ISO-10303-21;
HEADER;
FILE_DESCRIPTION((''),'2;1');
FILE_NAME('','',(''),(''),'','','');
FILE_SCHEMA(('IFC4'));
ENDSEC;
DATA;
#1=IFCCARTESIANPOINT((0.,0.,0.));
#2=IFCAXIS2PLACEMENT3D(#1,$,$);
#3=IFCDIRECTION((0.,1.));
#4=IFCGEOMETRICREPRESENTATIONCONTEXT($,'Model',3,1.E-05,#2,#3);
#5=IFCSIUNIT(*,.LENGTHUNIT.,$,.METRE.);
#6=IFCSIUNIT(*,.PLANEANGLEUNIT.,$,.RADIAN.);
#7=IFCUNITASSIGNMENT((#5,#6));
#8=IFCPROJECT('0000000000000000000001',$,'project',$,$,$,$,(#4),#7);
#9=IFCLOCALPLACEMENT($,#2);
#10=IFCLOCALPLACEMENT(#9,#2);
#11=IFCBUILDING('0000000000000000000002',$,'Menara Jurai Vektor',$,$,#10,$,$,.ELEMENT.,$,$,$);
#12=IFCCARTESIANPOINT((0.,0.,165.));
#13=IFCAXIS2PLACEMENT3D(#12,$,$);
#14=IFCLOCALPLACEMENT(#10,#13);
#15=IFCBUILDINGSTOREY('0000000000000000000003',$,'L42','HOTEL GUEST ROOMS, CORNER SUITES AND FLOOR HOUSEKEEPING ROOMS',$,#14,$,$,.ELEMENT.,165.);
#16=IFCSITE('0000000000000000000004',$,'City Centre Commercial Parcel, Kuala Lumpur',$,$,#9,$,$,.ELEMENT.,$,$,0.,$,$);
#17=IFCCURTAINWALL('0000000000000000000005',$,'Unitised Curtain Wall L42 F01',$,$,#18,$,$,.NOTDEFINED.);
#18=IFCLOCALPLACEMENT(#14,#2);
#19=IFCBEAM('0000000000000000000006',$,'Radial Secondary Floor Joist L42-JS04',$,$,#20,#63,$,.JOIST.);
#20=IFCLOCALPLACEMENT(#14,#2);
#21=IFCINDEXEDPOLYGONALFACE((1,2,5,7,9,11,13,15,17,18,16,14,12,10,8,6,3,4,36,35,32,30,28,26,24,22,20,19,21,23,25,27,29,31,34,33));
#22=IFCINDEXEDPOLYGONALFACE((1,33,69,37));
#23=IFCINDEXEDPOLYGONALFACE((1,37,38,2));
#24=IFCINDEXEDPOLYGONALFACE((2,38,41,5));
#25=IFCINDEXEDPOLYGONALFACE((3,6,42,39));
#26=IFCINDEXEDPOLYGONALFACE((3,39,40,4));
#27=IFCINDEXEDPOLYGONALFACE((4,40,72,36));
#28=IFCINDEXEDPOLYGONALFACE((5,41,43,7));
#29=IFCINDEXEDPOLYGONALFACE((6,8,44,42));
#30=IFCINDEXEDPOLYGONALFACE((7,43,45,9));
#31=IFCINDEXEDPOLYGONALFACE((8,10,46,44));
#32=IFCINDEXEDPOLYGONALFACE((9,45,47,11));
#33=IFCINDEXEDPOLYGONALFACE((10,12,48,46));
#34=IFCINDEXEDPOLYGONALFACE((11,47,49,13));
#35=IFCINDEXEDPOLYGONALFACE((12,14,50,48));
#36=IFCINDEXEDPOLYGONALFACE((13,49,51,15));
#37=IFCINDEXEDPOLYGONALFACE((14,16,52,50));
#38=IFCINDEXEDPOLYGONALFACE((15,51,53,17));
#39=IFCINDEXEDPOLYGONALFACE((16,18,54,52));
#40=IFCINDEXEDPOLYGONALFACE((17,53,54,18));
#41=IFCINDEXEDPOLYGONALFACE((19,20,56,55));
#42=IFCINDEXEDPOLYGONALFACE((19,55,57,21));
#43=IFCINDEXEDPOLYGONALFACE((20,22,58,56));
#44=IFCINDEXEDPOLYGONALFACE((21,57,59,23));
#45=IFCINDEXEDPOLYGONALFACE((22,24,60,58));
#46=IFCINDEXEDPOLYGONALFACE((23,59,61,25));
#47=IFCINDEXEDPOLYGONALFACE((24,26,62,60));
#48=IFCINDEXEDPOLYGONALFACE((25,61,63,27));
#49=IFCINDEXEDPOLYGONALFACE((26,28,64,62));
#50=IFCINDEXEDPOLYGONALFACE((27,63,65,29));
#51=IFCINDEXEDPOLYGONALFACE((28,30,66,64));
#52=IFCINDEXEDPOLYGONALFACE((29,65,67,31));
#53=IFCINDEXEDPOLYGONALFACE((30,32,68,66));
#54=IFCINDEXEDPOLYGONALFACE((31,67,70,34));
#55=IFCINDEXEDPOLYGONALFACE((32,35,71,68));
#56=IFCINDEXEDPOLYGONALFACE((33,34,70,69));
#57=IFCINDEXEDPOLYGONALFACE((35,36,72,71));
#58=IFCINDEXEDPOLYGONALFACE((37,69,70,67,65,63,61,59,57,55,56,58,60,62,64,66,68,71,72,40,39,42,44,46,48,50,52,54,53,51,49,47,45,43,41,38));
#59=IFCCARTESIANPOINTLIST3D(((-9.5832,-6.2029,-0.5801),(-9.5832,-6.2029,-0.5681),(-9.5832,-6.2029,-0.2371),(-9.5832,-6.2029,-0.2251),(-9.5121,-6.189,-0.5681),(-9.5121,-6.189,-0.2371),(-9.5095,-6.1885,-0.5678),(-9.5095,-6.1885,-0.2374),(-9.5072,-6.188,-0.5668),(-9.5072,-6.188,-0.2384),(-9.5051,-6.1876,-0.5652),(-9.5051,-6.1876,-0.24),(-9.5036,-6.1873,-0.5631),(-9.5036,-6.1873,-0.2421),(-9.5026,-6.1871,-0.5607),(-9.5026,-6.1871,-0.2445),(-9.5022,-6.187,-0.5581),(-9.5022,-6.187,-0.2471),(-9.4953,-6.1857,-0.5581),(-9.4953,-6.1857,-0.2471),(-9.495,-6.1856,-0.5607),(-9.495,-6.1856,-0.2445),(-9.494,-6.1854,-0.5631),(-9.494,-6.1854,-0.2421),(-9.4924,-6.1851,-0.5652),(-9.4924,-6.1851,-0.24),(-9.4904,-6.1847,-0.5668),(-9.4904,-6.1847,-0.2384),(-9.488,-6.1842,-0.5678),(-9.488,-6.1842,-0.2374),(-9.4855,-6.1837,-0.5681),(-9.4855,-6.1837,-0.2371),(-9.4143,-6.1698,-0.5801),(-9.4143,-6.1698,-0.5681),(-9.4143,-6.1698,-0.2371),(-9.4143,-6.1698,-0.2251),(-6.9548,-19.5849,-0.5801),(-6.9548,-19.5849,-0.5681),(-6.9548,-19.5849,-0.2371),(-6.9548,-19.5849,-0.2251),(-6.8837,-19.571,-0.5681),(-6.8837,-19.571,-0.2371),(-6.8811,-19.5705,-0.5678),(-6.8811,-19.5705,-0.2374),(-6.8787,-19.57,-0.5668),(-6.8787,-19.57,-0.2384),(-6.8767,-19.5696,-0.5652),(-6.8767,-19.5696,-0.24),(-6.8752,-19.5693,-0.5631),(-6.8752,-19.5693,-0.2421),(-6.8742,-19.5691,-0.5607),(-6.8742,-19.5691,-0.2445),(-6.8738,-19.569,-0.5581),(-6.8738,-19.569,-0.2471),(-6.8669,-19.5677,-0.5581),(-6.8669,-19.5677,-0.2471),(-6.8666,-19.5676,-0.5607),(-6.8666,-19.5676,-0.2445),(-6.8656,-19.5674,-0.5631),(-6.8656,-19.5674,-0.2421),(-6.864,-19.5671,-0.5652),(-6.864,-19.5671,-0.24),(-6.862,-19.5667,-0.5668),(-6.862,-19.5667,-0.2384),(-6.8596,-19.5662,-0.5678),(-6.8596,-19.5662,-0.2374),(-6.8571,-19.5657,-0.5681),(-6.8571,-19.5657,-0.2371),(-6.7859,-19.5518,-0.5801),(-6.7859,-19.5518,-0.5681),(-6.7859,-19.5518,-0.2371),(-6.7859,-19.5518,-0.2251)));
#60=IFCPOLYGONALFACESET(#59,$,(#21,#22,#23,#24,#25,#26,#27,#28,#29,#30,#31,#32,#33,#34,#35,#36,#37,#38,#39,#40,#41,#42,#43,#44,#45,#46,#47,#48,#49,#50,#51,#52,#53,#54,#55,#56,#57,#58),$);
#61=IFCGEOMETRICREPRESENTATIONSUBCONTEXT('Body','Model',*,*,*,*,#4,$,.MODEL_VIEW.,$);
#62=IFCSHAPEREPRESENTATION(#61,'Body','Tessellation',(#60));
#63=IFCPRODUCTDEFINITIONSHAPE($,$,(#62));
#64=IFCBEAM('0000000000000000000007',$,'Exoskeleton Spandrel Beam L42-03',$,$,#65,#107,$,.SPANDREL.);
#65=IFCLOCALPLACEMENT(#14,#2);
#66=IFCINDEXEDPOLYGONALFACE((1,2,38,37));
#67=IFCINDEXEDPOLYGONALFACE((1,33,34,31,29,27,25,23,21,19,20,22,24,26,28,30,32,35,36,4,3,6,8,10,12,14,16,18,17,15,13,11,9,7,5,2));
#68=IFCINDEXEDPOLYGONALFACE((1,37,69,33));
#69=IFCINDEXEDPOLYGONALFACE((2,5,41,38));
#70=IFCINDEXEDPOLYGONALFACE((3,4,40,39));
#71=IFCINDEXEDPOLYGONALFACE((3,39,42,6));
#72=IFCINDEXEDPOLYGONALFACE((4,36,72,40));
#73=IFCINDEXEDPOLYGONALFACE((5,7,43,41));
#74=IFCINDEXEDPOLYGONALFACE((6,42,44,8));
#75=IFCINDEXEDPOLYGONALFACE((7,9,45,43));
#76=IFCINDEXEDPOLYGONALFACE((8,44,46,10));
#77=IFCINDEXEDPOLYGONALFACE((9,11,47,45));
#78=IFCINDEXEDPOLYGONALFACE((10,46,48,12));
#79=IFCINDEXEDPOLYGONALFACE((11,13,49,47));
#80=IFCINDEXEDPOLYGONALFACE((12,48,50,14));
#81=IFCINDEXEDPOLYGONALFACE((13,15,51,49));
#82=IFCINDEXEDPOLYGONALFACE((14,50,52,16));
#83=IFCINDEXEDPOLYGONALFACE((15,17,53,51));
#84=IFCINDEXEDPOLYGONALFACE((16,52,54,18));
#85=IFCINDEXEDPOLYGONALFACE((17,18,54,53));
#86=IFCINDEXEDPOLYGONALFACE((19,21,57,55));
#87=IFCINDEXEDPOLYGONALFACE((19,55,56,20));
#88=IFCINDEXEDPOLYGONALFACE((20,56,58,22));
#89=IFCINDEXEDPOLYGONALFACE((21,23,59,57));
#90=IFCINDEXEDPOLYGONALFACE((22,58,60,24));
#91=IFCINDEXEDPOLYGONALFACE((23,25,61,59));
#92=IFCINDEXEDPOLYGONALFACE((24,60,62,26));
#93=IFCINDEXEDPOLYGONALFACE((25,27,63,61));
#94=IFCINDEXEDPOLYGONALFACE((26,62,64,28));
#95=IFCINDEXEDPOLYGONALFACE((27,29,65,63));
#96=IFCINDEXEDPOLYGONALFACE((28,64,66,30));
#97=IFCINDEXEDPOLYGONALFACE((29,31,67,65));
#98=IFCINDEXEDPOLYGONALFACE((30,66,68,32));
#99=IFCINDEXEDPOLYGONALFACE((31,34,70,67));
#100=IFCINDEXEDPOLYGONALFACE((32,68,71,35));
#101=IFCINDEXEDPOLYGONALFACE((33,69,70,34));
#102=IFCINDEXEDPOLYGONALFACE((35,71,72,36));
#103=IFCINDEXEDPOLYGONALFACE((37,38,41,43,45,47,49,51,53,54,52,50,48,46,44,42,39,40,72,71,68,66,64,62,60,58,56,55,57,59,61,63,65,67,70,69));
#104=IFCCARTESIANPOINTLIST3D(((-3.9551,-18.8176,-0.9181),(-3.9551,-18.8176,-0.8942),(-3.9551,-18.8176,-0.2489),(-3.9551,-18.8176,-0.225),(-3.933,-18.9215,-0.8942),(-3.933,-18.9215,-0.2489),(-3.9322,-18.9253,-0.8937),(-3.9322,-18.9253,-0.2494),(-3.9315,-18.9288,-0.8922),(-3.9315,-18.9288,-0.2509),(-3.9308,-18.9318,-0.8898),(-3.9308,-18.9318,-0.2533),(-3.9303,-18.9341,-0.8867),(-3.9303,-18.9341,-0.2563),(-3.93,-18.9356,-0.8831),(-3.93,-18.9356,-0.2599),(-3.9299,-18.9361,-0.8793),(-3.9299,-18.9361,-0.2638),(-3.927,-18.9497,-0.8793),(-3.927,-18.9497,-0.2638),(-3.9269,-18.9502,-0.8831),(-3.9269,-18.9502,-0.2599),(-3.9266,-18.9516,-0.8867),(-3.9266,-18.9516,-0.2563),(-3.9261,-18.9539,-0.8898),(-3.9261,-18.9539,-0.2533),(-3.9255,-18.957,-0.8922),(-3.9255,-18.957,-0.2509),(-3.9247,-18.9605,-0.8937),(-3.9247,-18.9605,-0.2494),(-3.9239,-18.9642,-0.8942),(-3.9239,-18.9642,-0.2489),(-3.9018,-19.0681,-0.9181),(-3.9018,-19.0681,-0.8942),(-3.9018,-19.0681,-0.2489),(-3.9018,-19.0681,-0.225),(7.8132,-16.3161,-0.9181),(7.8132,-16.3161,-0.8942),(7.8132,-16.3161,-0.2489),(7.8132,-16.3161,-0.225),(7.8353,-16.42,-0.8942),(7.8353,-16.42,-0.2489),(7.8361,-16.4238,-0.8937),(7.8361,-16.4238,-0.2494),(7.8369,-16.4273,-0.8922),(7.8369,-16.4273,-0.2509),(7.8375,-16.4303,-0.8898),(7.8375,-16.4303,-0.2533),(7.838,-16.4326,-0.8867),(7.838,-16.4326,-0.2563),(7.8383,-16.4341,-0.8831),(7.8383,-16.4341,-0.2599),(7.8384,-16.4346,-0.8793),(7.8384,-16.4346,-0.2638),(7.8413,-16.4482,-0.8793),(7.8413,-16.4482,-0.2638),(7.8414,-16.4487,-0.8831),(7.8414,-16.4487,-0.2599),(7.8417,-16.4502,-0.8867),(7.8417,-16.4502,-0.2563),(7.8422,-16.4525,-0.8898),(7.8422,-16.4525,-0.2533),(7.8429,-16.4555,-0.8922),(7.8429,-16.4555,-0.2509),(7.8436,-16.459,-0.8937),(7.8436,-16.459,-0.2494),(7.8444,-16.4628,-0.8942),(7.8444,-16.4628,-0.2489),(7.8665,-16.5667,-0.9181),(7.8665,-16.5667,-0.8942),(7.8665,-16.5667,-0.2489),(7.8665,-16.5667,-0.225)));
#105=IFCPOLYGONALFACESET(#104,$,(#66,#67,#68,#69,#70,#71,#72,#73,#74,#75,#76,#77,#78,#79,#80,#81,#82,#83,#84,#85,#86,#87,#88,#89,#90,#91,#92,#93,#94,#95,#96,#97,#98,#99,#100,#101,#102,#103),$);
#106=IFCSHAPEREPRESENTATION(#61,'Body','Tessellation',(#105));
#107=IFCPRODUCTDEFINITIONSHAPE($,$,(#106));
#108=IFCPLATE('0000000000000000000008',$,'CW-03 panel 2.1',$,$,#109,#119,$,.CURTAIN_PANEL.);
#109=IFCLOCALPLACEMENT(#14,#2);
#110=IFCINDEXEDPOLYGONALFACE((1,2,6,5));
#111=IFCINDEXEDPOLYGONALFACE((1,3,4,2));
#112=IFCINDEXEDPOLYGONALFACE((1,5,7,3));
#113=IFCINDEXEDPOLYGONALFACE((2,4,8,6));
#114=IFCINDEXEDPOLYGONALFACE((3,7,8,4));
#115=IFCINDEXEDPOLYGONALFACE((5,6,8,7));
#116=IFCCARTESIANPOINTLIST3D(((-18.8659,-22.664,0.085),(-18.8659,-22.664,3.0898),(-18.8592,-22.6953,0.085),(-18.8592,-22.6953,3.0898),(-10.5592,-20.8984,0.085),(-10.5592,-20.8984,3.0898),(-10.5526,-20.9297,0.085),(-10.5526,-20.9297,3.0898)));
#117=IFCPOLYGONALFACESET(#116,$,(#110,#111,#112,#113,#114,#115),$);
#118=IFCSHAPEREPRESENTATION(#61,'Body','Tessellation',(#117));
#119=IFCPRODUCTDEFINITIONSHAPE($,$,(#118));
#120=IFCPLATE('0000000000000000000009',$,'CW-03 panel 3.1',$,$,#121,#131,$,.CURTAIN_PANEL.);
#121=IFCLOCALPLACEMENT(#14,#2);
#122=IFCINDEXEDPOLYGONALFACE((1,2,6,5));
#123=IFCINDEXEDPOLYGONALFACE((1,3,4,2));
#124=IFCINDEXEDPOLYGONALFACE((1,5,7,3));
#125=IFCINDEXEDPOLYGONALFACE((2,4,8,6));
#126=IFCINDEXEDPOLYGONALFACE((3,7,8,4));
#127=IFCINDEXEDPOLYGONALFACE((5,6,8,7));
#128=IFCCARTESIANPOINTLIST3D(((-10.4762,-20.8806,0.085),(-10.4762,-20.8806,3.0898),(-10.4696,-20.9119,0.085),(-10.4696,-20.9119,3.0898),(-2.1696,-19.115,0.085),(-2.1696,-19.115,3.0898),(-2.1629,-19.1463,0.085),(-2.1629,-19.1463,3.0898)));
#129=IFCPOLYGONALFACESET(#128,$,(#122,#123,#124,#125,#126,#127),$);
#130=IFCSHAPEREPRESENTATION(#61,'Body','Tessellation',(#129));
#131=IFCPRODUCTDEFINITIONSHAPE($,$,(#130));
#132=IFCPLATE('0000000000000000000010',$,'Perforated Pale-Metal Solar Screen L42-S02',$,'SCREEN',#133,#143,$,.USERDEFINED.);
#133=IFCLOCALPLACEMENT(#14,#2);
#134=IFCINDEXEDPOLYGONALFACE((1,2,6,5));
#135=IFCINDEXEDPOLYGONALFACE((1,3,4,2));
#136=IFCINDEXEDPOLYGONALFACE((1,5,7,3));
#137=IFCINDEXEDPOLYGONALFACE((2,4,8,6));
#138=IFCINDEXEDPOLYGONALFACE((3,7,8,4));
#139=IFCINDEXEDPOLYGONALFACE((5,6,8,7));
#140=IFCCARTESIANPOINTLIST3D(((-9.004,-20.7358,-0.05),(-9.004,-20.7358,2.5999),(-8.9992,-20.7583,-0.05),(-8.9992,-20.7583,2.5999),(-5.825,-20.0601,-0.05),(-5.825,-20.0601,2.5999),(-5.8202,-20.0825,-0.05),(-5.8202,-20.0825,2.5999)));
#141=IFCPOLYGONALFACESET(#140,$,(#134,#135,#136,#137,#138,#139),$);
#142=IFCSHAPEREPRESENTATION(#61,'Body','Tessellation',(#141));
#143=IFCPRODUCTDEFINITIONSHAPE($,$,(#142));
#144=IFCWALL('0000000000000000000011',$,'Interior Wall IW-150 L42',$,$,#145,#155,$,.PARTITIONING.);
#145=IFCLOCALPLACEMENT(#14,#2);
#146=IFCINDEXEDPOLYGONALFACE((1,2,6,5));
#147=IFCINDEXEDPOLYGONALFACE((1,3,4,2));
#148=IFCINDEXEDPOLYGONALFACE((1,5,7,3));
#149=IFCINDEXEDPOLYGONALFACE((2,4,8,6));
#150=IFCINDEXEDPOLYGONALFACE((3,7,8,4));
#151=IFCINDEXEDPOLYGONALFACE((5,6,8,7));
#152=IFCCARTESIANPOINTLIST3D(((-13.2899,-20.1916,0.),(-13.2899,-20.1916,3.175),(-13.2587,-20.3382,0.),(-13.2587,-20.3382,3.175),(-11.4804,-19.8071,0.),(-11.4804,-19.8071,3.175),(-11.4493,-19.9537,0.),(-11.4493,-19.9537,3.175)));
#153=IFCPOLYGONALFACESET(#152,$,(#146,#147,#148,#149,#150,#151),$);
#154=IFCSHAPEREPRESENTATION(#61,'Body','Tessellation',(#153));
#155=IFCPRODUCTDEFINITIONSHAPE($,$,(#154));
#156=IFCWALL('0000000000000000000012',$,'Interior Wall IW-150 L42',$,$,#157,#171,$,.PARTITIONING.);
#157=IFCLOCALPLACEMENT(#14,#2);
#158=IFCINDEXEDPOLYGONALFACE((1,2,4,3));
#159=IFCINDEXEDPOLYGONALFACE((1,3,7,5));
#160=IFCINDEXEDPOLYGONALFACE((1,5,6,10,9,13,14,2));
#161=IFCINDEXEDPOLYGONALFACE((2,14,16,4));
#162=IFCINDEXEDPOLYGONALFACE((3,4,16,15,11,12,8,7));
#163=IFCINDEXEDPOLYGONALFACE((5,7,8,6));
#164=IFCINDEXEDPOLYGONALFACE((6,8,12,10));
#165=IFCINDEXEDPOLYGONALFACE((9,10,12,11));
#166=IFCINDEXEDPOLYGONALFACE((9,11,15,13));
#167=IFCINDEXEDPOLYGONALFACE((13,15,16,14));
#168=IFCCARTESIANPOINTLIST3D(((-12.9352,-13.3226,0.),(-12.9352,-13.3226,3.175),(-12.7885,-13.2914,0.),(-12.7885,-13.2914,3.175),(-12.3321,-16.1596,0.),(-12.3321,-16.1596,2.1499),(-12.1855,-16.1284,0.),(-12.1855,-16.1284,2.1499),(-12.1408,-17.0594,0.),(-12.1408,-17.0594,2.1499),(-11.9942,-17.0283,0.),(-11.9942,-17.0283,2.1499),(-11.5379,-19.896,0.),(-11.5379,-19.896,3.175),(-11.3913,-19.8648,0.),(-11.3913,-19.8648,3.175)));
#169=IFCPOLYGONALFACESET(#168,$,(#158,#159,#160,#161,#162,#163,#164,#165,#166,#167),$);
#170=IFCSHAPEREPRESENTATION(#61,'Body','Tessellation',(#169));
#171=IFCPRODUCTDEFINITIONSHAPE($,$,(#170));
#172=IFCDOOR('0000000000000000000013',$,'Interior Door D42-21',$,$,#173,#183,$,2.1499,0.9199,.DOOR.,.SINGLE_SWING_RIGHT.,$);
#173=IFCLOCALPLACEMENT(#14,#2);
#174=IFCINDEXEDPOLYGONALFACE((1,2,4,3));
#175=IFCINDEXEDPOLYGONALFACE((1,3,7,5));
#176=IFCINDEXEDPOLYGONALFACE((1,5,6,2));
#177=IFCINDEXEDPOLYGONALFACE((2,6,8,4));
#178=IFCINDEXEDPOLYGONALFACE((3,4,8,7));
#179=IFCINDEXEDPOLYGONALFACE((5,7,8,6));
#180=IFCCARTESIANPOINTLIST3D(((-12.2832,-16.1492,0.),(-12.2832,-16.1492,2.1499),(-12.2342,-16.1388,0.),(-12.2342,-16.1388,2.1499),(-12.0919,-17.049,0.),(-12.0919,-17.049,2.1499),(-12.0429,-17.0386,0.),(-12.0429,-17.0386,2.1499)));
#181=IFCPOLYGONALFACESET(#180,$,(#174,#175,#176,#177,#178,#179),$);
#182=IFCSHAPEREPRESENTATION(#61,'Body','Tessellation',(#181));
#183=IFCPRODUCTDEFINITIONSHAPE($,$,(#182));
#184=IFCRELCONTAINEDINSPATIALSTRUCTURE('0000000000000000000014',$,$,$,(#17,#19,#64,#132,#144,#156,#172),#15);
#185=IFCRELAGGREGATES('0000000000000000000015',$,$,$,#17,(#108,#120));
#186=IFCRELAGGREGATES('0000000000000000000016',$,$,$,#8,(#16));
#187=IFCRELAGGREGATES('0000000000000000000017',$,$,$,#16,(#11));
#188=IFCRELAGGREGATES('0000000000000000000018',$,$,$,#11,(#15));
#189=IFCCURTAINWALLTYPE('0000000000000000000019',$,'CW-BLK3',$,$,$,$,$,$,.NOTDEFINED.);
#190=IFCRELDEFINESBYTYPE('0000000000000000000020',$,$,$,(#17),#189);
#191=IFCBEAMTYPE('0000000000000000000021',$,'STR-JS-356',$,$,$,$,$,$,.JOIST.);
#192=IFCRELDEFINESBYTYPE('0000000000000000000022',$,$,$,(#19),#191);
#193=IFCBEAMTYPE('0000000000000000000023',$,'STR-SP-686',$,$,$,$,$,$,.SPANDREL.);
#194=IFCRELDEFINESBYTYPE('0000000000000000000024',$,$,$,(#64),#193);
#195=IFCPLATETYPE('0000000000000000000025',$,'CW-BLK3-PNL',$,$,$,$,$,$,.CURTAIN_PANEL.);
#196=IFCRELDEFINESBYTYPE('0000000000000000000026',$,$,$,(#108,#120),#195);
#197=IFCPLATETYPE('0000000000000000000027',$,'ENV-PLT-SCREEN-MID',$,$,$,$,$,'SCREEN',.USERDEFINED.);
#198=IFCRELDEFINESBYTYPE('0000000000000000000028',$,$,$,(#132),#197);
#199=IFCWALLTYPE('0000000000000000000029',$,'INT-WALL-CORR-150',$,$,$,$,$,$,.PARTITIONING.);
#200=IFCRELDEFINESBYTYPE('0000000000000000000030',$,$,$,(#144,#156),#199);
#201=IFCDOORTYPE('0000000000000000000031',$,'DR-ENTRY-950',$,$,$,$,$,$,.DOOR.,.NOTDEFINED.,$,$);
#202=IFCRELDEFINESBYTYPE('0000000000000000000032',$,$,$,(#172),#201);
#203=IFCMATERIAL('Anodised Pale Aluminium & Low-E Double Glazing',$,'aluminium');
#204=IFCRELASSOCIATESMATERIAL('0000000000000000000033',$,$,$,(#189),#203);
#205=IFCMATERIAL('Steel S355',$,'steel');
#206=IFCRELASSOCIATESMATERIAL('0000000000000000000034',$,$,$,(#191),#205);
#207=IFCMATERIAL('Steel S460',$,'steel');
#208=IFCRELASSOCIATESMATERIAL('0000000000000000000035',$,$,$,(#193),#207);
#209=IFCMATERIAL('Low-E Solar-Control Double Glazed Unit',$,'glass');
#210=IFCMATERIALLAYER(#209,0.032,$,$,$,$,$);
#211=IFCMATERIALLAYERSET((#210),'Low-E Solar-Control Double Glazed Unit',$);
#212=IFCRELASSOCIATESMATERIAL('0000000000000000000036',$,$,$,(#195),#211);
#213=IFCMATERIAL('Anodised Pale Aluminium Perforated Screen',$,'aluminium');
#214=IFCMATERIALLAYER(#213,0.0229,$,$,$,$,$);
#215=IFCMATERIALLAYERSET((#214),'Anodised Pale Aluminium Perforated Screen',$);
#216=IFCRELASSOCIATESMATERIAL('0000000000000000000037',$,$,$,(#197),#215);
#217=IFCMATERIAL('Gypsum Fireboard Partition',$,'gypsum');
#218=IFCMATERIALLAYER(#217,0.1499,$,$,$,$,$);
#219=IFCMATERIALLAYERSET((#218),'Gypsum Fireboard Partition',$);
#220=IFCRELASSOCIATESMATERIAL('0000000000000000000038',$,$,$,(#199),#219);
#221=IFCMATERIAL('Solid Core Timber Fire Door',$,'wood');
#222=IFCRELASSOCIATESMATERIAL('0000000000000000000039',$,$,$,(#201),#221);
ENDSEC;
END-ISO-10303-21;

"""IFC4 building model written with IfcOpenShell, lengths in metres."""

from ifc_helpers import new_model, si_unit, direction, frame, frame_2d, origin, origin_2d, place, context, subcontext, project, spatial, rectangle, i_section, extrude, material, layer, layer_set, material_profile, profile_set, type_object, element, fill, aggregate, save


model = new_model("IFC4")

# Units and contexts
model_context = context("Model", 3, precision=1e-05, world=origin(), true_north=direction((0.0, 1.0)))
body_context = subcontext(model_context, "Body", "Model", "MODEL_VIEW")
ifc_project = project(units=[si_unit("LENGTHUNIT", "METRE"), si_unit("PLANEANGLEUNIT", "RADIAN")], contexts=[model_context])

# Site, building, storey
site_placement = place(None, origin())
site = spatial("IfcSite", under=ifc_project, at=site_placement, Name="City Centre Commercial Parcel, Kuala Lumpur", CompositionType="ELEMENT", RefElevation=0.0)
building_placement = place(site_placement, origin())
building = spatial("IfcBuilding", under=site, at=building_placement, Name="Menara Jurai Vektor", CompositionType="ELEMENT")
storey_placement = place(building_placement, frame((0.0, 0.0, 165.0)))
storey = spatial("IfcBuildingStorey", under=building, at=storey_placement, Name="L42", Description="HOTEL GUEST ROOMS, CORNER SUITES AND FLOOR HOUSEKEEPING ROOMS", CompositionType="ELEMENT", Elevation=165.0)

# Shared definitions
ifc_material_1 = material(Name="Steel S460", Category="steel")

# Curtain wall
ifc_material_2 = material(Name="Anodised Pale Aluminium & Low-E Double Glazing", Category="aluminium")
curtain_wall_type = type_object("IfcCurtainWallType", Name="CW-BLK3", PredefinedType="NOTDEFINED", material=ifc_material_2)
curtain_wall_placement = place(storey_placement, origin())
curtain_wall = element("IfcCurtainWall", 1, at=curtain_wall_placement, inside=storey, type_object=curtain_wall_type, Name="Unitised Curtain Wall L42 F01", PredefinedType="NOTDEFINED")

# Beams
ifc_material_3 = material(Name="Steel S355", Category="steel")
ifc_material_profile_1 = material_profile(ifc_material_3, i_section(OverallWidth=0.1721, OverallDepth=0.355, WebThickness=0.0071, FlangeThickness=0.012, FilletRadius=0.01, at=origin_2d()), Name="UKB 356x171x51")
ifc_profile_set_1 = profile_set([ifc_material_profile_1], Name="Steel S355")
beam_type_1 = type_object("IfcBeamType", Name="STR-JS-356", PredefinedType="JOIST", material=ifc_profile_set_1)
beam_1_placement = place(storey_placement, frame((-6.8704, -19.5684, -0.4026), z_axis=(-0.192731, 0.981252, 0.0), x_axis=(-0.981252, -0.192731, 0.0)))
element("IfcBeam", 2, at=beam_1_placement, inside=storey, type_object=beam_type_1, Name="Radial Secondary Floor Joist L42-JS04", PredefinedType="JOIST", context=body_context, shape_type="SweptSolid", body=[
    extrude(i_section(OverallWidth=0.1721, OverallDepth=0.355, WebThickness=0.0071, FlangeThickness=0.012, FilletRadius=0.01, at=origin_2d()), origin(), (0.0, 0.0, 1.0), 13.6377),
])
ifc_material_profile_2 = material_profile(ifc_material_1, i_section(OverallWidth=0.2561, OverallDepth=0.6931, WebThickness=0.0139, FlangeThickness=0.0239, FilletRadius=0.0149, at=origin_2d()), Name="UKB 686x254x170")
ifc_profile_set_2 = profile_set([ifc_material_profile_2], Name="Steel S460")
beam_type_2 = type_object("IfcBeamType", Name="STR-SP-686", PredefinedType="SPANDREL", material=ifc_profile_set_2)
beam_2_placement = place(storey_placement, frame((-3.9285, -18.9429, -0.5715), z_axis=(0.978147, 0.207914, 0.0), x_axis=(-0.207914, 0.978147, 0.0)))
element("IfcBeam", 3, at=beam_2_placement, inside=storey, type_object=beam_type_2, Name="Exoskeleton Spandrel Beam L42-03", PredefinedType="SPANDREL", context=body_context, shape_type="SweptSolid", body=[
    extrude(i_section(OverallWidth=0.2561, OverallDepth=0.6931, WebThickness=0.0139, FlangeThickness=0.0239, FilletRadius=0.0149, at=origin_2d()), origin(), (0.0, 0.0, 1.0), 12.0312),
])

# Plates
ifc_material_4 = material(Name="Low-E Solar-Control Double Glazed Unit", Category="glass")
ifc_layer_1 = layer(ifc_material_4, 0.032)
ifc_layer_set_1 = layer_set([ifc_layer_1], Name="Low-E Solar-Control Double Glazed Unit")
plate_type_1 = type_object("IfcPlateType", Name="CW-BLK3-PNL", PredefinedType="CURTAIN_PANEL", material=ifc_layer_set_1)
plate_1_placement = place(storey_placement, frame((-14.7092, -21.7969, 0.085), z_axis=(0.0, 0.0, 1.0), x_axis=(0.978148, 0.207911, 0.0)))
plate_1 = element("IfcPlate", 4, at=plate_1_placement, type_object=plate_type_1, Name="CW-03 panel 2.1", PredefinedType="CURTAIN_PANEL", context=body_context, shape_type="SweptSolid", body=[
    extrude(rectangle(XDim=8.4922, YDim=0.032, at=origin_2d()), origin(), (0.0, 0.0, 1.0), 3.0049),
])
plate_2_placement = place(storey_placement, frame((-6.3196, -20.0134, 0.085), z_axis=(0.0, 0.0, 1.0), x_axis=(0.978148, 0.207911, 0.0)))
plate_2 = element("IfcPlate", 5, at=plate_2_placement, type_object=plate_type_1, Name="CW-03 panel 3.1", PredefinedType="CURTAIN_PANEL", context=body_context, shape_type="SweptSolid", body=[
    extrude(rectangle(XDim=8.4922, YDim=0.032, at=origin_2d()), origin(), (0.0, 0.0, 1.0), 3.0049),
])
aggregate(curtain_wall, [plate_1, plate_2])
ifc_material_5 = material(Name="Anodised Pale Aluminium Perforated Screen", Category="aluminium")
ifc_layer_2 = layer(ifc_material_5, 0.0229)
ifc_layer_set_2 = layer_set([ifc_layer_2], Name="Anodised Pale Aluminium Perforated Screen")
plate_type_2 = type_object("IfcPlateType", Name="ENV-PLT-SCREEN-MID", ElementType="SCREEN", PredefinedType="USERDEFINED", material=ifc_layer_set_2)
plate_3_placement = place(storey_placement, frame((-7.4121, -20.4092, -0.05), z_axis=(0.0, 0.0, 1.0), x_axis=(0.978148, 0.207912, 0.0)))
element("IfcPlate", 6, at=plate_3_placement, inside=storey, type_object=plate_type_2, Name="Perforated Pale-Metal Solar Screen L42-S02", ObjectType="SCREEN", PredefinedType="USERDEFINED", context=body_context, shape_type="SweptSolid", body=[
    extrude(rectangle(XDim=3.25, YDim=0.0229, at=origin_2d()), origin(), (0.0, 0.0, 1.0), 2.6499),
])

# Wall
ifc_material_6 = material(Name="Gypsum Fireboard Partition", Category="gypsum")
ifc_layer_3 = layer(ifc_material_6, 0.1499)
ifc_layer_set_3 = layer_set([ifc_layer_3], Name="Gypsum Fireboard Partition")
wall_type = type_object("IfcWallType", Name="INT-WALL-CORR-150", PredefinedType="PARTITIONING", material=ifc_layer_set_3)
wall_1_placement = place(storey_placement, frame((-13.2742, -20.2649, 0.0), z_axis=(0.0, 0.0, 1.0), x_axis=(0.97816, 0.207852, 0.0)))
element("IfcWall", 7, at=wall_1_placement, inside=storey, type_object=wall_type, Name="Interior Wall IW-150 L42", PredefinedType="PARTITIONING", context=body_context, shape_type="SweptSolid", body=[
    extrude(rectangle(XDim=1.8499, YDim=0.1499, at=frame_2d((0.9248, 0.0))), origin(), (0.0, 0.0, 1.0), 3.175),
])

# Wall, opening, door
wall_2_placement = place(storey_placement, frame((-11.4646, -19.8804, 0.0), z_axis=(0.0, 0.0, 1.0), x_axis=(-0.207916, 0.978147, 0.0)))
wall_2 = element("IfcWall", 8, at=wall_2_placement, inside=storey, type_object=wall_type, Name="Interior Wall IW-150 L42", PredefinedType="PARTITIONING", context=body_context, shape_type="SweptSolid", body=[
    extrude(rectangle(XDim=6.7202, YDim=0.1499, at=frame_2d((3.3601, 0.0))), origin(), (0.0, 0.0, 1.0), 3.175),
])
opening_1_placement = place(wall_2_placement, frame((2.8999, 0.0, 0.0)))
opening_1 = element("IfcOpeningElement", 9, at=opening_1_placement, cuts=wall_2, PredefinedType="OPENING", context=body_context, shape_type="SweptSolid", body=[
    extrude(rectangle(XDim=0.9199, YDim=2.1499, at=frame_2d((0.46, 1.075))), frame((0.0, 0.085, 0.0), z_axis=(0.0, -1.0, 0.0), x_axis=(1.0, 0.0, 0.0)), (0.0, 0.0, 1.0), 0.1699),
])
ifc_material_7 = material(Name="Solid Core Timber Fire Door", Category="wood")
door_type_1 = type_object("IfcDoorType", Name="DR-ENTRY-950", OperationType="NOTDEFINED", PredefinedType="DOOR", material=ifc_material_7)
door_1_placement = place(opening_1_placement, origin())
door_1 = element("IfcDoor", 10, at=door_1_placement, inside=storey, type_object=door_type_1, Name="Interior Door D42-21", OperationType="SINGLE_SWING_RIGHT", OverallHeight=2.1499, OverallWidth=0.9199, PredefinedType="DOOR", context=body_context, shape_type="SweptSolid", body=[
    extrude(rectangle(XDim=0.9199, YDim=2.1499, at=frame_2d((0.46, 1.075))), frame((0.0, 0.0249, 0.0), z_axis=(0.0, -1.0, 0.0), x_axis=(1.0, 0.0, 0.0)), (0.0, 0.0, 1.0), 0.05),
])
fill(opening_1, door_1)

save(model, "model.ifc")
